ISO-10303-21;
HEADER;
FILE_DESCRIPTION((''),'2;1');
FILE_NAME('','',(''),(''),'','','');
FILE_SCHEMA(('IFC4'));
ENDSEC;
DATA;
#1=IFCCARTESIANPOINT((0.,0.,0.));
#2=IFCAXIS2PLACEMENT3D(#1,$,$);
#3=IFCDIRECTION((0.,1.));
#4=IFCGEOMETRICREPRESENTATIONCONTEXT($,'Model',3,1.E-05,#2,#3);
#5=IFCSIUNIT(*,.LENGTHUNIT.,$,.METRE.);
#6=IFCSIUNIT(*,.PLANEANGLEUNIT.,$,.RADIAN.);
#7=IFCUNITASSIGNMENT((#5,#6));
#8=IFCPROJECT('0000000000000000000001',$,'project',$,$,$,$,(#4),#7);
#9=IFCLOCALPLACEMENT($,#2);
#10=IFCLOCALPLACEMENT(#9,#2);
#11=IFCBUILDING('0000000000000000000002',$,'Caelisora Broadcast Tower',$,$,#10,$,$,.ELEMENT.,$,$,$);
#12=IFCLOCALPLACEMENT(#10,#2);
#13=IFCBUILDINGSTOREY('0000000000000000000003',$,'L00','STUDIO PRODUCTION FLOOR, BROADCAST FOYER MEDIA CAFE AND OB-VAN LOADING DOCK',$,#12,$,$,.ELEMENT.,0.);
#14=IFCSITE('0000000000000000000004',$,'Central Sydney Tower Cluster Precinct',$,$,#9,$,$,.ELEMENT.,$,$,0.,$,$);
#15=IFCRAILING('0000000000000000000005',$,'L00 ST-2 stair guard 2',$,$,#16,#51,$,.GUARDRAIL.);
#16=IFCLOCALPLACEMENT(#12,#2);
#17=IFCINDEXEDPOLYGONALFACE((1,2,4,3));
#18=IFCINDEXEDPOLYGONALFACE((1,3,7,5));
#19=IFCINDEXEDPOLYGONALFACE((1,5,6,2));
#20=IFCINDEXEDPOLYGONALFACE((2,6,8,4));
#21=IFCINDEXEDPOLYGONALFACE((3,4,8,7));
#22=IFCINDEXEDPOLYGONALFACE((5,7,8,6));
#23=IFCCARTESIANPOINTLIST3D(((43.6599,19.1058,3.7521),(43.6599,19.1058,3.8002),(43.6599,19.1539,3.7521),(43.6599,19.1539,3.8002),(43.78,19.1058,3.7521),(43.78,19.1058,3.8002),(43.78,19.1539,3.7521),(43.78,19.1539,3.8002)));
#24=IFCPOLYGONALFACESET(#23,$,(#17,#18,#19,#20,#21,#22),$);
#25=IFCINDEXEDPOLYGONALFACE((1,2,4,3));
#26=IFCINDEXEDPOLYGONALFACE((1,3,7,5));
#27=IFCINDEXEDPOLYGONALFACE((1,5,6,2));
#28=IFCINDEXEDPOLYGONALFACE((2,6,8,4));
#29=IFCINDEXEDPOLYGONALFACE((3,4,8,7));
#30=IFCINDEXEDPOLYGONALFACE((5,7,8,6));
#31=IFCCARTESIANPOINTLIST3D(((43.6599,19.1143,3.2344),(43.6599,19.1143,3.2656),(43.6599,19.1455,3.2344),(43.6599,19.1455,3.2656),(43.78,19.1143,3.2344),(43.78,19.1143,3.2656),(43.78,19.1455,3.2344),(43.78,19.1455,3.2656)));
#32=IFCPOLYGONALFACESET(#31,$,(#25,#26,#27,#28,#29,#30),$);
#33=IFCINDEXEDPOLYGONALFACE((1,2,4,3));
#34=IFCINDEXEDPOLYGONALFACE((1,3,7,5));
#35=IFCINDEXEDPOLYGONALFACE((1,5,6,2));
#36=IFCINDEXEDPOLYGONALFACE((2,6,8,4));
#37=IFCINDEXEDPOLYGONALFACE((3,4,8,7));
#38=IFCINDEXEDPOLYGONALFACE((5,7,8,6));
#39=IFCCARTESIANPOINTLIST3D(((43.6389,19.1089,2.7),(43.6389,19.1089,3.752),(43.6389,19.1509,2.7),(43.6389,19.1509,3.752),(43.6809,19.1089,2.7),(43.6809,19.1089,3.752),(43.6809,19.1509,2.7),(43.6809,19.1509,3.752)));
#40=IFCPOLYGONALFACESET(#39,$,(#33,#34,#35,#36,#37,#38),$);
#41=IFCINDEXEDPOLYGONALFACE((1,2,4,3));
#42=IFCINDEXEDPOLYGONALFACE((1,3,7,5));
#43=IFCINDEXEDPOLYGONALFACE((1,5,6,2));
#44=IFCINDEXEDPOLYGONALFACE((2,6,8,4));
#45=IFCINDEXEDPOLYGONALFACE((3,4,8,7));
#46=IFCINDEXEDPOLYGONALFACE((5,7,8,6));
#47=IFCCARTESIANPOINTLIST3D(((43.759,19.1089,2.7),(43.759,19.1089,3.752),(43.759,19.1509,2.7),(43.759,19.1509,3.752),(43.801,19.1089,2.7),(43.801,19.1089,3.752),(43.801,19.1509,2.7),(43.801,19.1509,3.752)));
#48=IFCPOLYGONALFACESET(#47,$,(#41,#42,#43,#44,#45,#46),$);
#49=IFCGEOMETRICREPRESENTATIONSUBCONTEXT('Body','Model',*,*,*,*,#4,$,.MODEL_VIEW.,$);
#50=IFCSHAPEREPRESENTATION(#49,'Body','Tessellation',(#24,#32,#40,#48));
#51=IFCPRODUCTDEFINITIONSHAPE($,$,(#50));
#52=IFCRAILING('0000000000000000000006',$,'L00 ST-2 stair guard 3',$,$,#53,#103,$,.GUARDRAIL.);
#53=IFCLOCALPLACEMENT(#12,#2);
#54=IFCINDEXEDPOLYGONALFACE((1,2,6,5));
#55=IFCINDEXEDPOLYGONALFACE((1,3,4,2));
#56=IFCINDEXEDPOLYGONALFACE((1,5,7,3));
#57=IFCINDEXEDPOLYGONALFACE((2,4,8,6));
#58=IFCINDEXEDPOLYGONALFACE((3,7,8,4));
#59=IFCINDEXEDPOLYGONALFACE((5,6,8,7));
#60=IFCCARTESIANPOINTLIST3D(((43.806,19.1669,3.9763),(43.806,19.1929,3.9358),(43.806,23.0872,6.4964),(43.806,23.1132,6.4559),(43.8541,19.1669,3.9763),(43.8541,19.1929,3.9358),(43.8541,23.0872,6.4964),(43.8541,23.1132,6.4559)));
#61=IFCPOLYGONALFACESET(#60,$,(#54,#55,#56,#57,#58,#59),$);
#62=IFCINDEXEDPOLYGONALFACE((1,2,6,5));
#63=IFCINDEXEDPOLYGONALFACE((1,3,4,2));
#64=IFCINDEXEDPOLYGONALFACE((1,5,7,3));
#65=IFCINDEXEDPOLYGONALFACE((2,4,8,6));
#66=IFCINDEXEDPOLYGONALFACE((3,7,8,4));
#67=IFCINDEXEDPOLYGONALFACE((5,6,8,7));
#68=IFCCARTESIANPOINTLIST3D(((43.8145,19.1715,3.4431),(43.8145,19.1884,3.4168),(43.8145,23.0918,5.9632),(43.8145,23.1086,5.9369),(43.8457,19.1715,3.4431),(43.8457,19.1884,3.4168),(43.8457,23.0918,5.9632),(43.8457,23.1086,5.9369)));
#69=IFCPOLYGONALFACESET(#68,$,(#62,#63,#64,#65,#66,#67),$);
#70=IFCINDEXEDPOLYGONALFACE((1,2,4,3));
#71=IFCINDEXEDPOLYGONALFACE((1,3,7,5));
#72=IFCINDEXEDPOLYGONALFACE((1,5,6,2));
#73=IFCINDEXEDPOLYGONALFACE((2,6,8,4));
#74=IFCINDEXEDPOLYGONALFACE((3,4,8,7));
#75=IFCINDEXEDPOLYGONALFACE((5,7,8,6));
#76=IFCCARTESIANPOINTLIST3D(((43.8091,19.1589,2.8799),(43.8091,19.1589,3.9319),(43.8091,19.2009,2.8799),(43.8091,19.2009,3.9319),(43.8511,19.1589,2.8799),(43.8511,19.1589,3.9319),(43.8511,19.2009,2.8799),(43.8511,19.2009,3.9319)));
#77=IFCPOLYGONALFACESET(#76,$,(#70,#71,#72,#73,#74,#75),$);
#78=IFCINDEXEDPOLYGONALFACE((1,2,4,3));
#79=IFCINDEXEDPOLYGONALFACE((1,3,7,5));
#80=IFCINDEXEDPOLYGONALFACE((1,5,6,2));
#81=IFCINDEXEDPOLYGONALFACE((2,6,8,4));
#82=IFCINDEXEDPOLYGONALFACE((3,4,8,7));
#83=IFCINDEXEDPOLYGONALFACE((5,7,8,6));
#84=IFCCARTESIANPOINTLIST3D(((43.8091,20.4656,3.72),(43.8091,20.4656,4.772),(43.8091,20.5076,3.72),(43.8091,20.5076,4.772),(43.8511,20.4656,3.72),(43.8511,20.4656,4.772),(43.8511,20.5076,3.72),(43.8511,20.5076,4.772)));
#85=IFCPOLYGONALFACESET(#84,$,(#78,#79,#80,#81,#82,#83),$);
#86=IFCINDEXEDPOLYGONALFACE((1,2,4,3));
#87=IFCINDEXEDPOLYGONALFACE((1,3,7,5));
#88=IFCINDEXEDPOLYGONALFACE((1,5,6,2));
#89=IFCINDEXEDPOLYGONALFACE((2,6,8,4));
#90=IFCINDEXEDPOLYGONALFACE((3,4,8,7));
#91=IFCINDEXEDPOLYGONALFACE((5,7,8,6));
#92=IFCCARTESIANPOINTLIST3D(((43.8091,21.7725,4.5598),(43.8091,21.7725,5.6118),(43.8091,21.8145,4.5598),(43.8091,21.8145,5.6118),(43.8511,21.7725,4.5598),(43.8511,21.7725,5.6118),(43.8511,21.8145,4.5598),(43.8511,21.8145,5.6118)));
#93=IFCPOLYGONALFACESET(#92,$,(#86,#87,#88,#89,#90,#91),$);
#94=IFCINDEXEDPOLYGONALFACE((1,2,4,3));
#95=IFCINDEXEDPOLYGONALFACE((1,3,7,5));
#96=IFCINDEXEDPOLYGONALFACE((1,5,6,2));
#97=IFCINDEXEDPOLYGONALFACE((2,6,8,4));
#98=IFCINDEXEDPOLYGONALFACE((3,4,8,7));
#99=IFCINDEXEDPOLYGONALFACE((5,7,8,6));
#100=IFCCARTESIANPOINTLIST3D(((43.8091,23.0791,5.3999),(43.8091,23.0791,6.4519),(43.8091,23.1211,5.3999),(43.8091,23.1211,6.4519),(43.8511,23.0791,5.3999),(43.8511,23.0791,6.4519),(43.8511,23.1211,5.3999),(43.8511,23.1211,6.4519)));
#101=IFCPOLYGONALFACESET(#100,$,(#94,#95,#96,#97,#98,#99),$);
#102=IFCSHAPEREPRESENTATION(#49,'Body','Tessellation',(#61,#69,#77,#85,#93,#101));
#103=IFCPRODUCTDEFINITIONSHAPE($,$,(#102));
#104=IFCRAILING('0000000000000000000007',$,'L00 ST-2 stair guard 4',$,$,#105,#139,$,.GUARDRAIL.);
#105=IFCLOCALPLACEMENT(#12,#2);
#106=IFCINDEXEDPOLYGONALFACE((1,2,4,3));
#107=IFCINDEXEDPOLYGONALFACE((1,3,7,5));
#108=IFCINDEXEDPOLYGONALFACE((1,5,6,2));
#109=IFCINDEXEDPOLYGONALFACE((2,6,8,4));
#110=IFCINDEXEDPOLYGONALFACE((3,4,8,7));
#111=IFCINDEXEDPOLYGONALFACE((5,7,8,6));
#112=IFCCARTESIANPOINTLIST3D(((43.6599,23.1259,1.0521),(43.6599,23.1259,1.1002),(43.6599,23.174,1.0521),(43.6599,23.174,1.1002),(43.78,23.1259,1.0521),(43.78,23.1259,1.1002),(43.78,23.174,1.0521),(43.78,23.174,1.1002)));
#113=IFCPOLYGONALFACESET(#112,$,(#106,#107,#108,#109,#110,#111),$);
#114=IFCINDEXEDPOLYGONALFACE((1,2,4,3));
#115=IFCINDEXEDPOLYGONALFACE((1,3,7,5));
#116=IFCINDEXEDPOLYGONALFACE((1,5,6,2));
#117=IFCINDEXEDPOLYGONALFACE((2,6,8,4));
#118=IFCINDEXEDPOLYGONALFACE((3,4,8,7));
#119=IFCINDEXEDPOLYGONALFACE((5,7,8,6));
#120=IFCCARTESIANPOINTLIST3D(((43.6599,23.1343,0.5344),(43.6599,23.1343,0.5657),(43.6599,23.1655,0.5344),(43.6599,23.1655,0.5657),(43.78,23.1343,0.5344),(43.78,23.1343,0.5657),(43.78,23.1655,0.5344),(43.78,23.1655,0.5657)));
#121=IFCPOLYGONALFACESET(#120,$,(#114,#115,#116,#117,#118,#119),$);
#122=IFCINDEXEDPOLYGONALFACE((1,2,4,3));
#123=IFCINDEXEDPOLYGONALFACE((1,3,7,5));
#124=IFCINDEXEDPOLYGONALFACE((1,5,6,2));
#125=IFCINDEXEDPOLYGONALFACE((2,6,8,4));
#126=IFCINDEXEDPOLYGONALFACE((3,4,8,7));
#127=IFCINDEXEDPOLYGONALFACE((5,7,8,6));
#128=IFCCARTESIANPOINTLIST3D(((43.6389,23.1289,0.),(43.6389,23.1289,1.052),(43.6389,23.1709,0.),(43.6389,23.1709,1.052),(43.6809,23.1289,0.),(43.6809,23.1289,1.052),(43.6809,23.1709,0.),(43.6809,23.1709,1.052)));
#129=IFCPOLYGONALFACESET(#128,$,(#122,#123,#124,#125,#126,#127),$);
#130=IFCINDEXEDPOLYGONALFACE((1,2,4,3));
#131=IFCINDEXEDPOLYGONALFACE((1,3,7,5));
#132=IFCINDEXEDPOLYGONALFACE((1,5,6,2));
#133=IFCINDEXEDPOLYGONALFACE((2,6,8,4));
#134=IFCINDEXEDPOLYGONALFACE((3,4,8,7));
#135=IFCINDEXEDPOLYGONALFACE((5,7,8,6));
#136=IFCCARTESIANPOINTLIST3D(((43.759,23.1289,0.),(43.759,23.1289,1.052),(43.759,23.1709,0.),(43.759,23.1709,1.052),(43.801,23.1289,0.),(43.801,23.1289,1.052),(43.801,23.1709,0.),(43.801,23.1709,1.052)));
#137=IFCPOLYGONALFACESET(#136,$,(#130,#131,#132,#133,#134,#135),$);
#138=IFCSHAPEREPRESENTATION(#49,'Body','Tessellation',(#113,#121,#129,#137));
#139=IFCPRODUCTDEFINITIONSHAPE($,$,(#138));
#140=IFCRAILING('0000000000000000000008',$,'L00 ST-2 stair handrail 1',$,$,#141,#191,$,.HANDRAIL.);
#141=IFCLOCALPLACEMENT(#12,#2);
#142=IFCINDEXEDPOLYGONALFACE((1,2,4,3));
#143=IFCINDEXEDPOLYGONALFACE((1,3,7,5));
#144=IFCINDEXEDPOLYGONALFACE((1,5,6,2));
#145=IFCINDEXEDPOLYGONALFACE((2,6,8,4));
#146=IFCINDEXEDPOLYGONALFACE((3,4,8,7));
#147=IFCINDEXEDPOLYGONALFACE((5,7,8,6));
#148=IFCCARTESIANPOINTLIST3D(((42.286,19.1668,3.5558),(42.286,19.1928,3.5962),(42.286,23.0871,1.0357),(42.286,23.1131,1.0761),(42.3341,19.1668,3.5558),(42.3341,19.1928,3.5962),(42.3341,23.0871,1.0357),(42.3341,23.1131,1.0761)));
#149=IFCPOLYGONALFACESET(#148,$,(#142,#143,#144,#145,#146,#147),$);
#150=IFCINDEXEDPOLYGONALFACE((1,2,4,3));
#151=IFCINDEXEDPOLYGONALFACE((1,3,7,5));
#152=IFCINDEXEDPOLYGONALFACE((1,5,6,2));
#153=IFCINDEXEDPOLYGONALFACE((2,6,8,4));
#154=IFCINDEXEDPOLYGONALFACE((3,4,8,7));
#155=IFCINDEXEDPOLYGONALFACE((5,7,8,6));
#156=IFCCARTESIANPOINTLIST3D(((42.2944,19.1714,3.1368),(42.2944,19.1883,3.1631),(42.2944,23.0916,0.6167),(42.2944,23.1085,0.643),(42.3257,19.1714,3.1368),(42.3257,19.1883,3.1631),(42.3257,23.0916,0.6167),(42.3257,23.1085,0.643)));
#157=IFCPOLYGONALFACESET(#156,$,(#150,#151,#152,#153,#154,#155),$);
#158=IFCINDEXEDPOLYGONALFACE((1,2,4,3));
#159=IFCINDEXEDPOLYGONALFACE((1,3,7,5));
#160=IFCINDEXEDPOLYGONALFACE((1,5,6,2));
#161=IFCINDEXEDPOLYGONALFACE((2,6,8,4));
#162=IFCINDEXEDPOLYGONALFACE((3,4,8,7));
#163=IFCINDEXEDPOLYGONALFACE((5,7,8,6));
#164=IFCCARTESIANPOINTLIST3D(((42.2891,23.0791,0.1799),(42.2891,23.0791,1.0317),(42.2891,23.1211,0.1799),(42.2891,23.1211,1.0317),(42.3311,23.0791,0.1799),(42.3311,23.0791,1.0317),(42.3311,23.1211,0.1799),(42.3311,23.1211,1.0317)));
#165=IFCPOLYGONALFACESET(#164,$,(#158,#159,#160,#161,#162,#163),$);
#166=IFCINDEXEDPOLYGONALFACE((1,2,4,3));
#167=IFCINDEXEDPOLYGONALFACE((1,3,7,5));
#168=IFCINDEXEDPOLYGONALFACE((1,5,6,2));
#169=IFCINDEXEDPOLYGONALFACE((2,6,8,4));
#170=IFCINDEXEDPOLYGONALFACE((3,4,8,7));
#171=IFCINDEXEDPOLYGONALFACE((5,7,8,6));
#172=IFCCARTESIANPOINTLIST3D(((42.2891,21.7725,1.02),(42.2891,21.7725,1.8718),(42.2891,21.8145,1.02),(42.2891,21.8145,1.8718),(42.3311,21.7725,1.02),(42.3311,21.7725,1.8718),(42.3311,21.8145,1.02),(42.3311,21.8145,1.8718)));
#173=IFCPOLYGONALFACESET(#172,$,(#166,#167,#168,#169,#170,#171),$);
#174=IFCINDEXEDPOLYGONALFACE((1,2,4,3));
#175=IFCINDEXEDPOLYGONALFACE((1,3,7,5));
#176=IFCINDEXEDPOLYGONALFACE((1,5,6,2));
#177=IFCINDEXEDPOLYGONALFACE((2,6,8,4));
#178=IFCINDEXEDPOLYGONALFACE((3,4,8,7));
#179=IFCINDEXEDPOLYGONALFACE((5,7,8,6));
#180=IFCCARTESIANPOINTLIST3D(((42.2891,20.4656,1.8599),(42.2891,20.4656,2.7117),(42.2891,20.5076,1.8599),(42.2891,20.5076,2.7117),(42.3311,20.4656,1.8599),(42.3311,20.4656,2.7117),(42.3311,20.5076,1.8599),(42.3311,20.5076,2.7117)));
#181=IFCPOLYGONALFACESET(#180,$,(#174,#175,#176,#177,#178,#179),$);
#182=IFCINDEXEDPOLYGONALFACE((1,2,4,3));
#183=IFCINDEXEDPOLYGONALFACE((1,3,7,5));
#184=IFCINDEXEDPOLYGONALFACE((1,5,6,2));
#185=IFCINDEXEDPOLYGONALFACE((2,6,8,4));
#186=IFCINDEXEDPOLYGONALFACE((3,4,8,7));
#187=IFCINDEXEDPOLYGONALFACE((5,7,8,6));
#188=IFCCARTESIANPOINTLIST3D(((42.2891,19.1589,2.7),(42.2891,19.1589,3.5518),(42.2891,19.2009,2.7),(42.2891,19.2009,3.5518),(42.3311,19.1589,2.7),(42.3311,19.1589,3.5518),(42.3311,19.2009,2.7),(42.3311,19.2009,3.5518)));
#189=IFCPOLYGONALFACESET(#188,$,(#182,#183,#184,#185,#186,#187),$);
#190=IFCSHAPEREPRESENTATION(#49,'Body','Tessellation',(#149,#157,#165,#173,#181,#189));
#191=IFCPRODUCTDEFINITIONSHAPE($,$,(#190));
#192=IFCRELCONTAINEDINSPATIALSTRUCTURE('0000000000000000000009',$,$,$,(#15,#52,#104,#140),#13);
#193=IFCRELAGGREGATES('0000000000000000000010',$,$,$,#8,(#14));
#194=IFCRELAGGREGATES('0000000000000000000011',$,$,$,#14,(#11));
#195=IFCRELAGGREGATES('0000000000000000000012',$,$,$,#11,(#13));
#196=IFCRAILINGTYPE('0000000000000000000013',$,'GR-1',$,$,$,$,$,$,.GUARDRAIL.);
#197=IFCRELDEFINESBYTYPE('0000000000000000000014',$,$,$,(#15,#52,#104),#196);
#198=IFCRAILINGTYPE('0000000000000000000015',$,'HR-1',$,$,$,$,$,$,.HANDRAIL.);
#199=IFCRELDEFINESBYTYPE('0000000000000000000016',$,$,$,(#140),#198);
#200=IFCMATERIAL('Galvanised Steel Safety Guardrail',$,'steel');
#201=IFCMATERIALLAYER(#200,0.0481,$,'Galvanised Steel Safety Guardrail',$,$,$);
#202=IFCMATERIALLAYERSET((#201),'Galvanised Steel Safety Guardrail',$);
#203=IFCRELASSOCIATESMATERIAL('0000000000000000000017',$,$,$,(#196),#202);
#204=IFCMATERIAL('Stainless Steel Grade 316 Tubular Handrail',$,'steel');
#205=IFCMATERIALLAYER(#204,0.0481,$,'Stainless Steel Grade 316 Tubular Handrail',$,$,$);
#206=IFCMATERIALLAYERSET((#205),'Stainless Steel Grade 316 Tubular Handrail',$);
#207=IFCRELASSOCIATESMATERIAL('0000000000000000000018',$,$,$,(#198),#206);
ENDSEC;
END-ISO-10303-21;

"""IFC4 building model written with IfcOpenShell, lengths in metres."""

from ifc_helpers import new_model, si_unit, direction, frame, origin, origin_2d, place, context, subcontext, project, spatial, rectangle, extrude, material, layer, layer_set, type_object, element, save


model = new_model("IFC4")

# Units and contexts
model_context = context("Model", 3, precision=1e-05, world=origin(), true_north=direction((0.0, 1.0)))
body_context = subcontext(model_context, "Body", "Model", "MODEL_VIEW")
ifc_project = project(units=[si_unit("LENGTHUNIT", "METRE"), si_unit("PLANEANGLEUNIT", "RADIAN")], contexts=[model_context])

# Site, building, storey
site_placement = place(None, origin())
site = spatial("IfcSite", under=ifc_project, at=site_placement, Name="Central Sydney Tower Cluster Precinct", CompositionType="ELEMENT", RefElevation=0.0)
building_placement = place(site_placement, origin())
building = spatial("IfcBuilding", under=site, at=building_placement, Name="Caelisora Broadcast Tower", CompositionType="ELEMENT")
storey_placement = place(building_placement, origin())
storey = spatial("IfcBuildingStorey", under=building, at=storey_placement, Name="L00", Description="STUDIO PRODUCTION FLOOR, BROADCAST FOYER MEDIA CAFE AND OB-VAN LOADING DOCK", CompositionType="ELEMENT", Elevation=0.0)

# Railings
ifc_material_1 = material(Name="Galvanised Steel Safety Guardrail", Category="steel")
ifc_layer_1 = layer(ifc_material_1, 0.0481, Name="Galvanised Steel Safety Guardrail")
ifc_layer_set_1 = layer_set([ifc_layer_1], Name="Galvanised Steel Safety Guardrail")
railing_type_1 = type_object("IfcRailingType", Name="GR-1", PredefinedType="GUARDRAIL", material=ifc_layer_set_1)
railing_1_placement = place(storey_placement, frame((43.6599, 19.1299, 2.7)))
element("IfcRailing", 1, at=railing_1_placement, inside=storey, type_object=railing_type_1, Name="L00 ST-2 stair guard 2", PredefinedType="GUARDRAIL", context=body_context, shape_type="SweptSolid", body=[
    extrude(rectangle(XDim=0.0481, YDim=0.0481, at=origin_2d()), frame((0.0, 0.0, 1.0762), z_axis=(1.0, 0.0, 0.0), x_axis=(0.0, 1.0, 0.0)), (0.0, 0.0, 1.0), 0.1201),
    extrude(rectangle(XDim=0.0312, YDim=0.0312, at=origin_2d()), frame((0.0, 0.0, 0.55), z_axis=(1.0, 0.0, 0.0), x_axis=(0.0, 1.0, 0.0)), (0.0, 0.0, 1.0), 0.1201),
    extrude(rectangle(XDim=0.042, YDim=0.042, at=origin_2d()), origin(), (0.0, 0.0, 1.0), 1.052),
    extrude(rectangle(XDim=0.042, YDim=0.042, at=origin_2d()), frame((0.1201, 0.0, 0.0)), (0.0, 0.0, 1.0), 1.052),
])
railing_2_placement = place(storey_placement, frame((43.8301, 19.1799, 2.8799)))
element("IfcRailing", 2, at=railing_2_placement, inside=storey, type_object=railing_type_1, Name="L00 ST-2 stair guard 3", PredefinedType="GUARDRAIL", context=body_context, shape_type="SweptSolid", body=[
    extrude(rectangle(XDim=0.0481, YDim=0.0481, at=origin_2d()), frame((0.0, 0.0, 1.0762), z_axis=(0.0, 0.841187, 0.540744), x_axis=(-1.0, 0.0, 0.0)), (0.0, 0.0, 1.0), 4.6604),
    extrude(rectangle(XDim=0.0312, YDim=0.0312, at=origin_2d()), frame((0.0, 0.0, 0.55), z_axis=(0.0, 0.841187, 0.540744), x_axis=(-1.0, 0.0, 0.0)), (0.0, 0.0, 1.0), 4.6604),
    extrude(rectangle(XDim=0.042, YDim=0.042, at=origin_2d()), origin(), (0.0, 0.0, 1.0), 1.052),
    extrude(rectangle(XDim=0.042, YDim=0.042, at=origin_2d()), frame((0.0, 1.3066, 0.8401)), (0.0, 0.0, 1.0), 1.052),
    extrude(rectangle(XDim=0.042, YDim=0.042, at=origin_2d()), frame((0.0, 2.6135, 1.6799)), (0.0, 0.0, 1.0), 1.052),
    extrude(rectangle(XDim=0.042, YDim=0.042, at=origin_2d()), frame((0.0, 3.9202, 2.52)), (0.0, 0.0, 1.0), 1.052),
])
railing_3_placement = place(storey_placement, frame((43.6599, 23.1499, 0.0)))
element("IfcRailing", 3, at=railing_3_placement, inside=storey, type_object=railing_type_1, Name="L00 ST-2 stair guard 4", PredefinedType="GUARDRAIL", context=body_context, shape_type="SweptSolid", body=[
    extrude(rectangle(XDim=0.0481, YDim=0.0481, at=origin_2d()), frame((0.0, 0.0, 1.0762), z_axis=(1.0, 0.0, 0.0), x_axis=(0.0, 1.0, 0.0)), (0.0, 0.0, 1.0), 0.1201),
    extrude(rectangle(XDim=0.0312, YDim=0.0312, at=origin_2d()), frame((0.0, 0.0, 0.55), z_axis=(1.0, 0.0, 0.0), x_axis=(0.0, 1.0, 0.0)), (0.0, 0.0, 1.0), 0.1201),
    extrude(rectangle(XDim=0.042, YDim=0.042, at=origin_2d()), origin(), (0.0, 0.0, 1.0), 1.052),
    extrude(rectangle(XDim=0.042, YDim=0.042, at=origin_2d()), frame((0.1201, 0.0, 0.0)), (0.0, 0.0, 1.0), 1.052),
])
ifc_material_2 = material(Name="Stainless Steel Grade 316 Tubular Handrail", Category="steel")
ifc_layer_2 = layer(ifc_material_2, 0.0481, Name="Stainless Steel Grade 316 Tubular Handrail")
ifc_layer_set_2 = layer_set([ifc_layer_2], Name="Stainless Steel Grade 316 Tubular Handrail")
railing_type_2 = type_object("IfcRailingType", Name="HR-1", PredefinedType="HANDRAIL", material=ifc_layer_set_2)
railing_4_placement = place(storey_placement, frame((42.3101, 23.1001, 0.1799)))
element("IfcRailing", 4, at=railing_4_placement, inside=storey, type_object=railing_type_2, Name="L00 ST-2 stair handrail 1", PredefinedType="HANDRAIL", context=body_context, shape_type="SweptSolid", body=[
    extrude(rectangle(XDim=0.0481, YDim=0.0481, at=origin_2d()), frame((0.0, 0.0, 0.876), z_axis=(0.0, -0.841187, 0.540744), x_axis=(1.0, 0.0, 0.0)), (0.0, 0.0, 1.0), 4.6604),
    extrude(rectangle(XDim=0.0312, YDim=0.0312, at=origin_2d()), frame((0.0, 0.0, 0.45), z_axis=(0.0, -0.841187, 0.540744), x_axis=(1.0, 0.0, 0.0)), (0.0, 0.0, 1.0), 4.6604),
    extrude(rectangle(XDim=0.042, YDim=0.042, at=origin_2d()), origin(), (0.0, 0.0, 1.0), 0.8518),
    extrude(rectangle(XDim=0.042, YDim=0.042, at=origin_2d()), frame((0.0, -1.3066, 0.8401)), (0.0, 0.0, 1.0), 0.8518),
    extrude(rectangle(XDim=0.042, YDim=0.042, at=origin_2d()), frame((0.0, -2.6135, 1.6799)), (0.0, 0.0, 1.0), 0.8518),
    extrude(rectangle(XDim=0.042, YDim=0.042, at=origin_2d()), frame((0.0, -3.9202, 2.52)), (0.0, 0.0, 1.0), 0.8518),
])

save(model, "model.ifc")
